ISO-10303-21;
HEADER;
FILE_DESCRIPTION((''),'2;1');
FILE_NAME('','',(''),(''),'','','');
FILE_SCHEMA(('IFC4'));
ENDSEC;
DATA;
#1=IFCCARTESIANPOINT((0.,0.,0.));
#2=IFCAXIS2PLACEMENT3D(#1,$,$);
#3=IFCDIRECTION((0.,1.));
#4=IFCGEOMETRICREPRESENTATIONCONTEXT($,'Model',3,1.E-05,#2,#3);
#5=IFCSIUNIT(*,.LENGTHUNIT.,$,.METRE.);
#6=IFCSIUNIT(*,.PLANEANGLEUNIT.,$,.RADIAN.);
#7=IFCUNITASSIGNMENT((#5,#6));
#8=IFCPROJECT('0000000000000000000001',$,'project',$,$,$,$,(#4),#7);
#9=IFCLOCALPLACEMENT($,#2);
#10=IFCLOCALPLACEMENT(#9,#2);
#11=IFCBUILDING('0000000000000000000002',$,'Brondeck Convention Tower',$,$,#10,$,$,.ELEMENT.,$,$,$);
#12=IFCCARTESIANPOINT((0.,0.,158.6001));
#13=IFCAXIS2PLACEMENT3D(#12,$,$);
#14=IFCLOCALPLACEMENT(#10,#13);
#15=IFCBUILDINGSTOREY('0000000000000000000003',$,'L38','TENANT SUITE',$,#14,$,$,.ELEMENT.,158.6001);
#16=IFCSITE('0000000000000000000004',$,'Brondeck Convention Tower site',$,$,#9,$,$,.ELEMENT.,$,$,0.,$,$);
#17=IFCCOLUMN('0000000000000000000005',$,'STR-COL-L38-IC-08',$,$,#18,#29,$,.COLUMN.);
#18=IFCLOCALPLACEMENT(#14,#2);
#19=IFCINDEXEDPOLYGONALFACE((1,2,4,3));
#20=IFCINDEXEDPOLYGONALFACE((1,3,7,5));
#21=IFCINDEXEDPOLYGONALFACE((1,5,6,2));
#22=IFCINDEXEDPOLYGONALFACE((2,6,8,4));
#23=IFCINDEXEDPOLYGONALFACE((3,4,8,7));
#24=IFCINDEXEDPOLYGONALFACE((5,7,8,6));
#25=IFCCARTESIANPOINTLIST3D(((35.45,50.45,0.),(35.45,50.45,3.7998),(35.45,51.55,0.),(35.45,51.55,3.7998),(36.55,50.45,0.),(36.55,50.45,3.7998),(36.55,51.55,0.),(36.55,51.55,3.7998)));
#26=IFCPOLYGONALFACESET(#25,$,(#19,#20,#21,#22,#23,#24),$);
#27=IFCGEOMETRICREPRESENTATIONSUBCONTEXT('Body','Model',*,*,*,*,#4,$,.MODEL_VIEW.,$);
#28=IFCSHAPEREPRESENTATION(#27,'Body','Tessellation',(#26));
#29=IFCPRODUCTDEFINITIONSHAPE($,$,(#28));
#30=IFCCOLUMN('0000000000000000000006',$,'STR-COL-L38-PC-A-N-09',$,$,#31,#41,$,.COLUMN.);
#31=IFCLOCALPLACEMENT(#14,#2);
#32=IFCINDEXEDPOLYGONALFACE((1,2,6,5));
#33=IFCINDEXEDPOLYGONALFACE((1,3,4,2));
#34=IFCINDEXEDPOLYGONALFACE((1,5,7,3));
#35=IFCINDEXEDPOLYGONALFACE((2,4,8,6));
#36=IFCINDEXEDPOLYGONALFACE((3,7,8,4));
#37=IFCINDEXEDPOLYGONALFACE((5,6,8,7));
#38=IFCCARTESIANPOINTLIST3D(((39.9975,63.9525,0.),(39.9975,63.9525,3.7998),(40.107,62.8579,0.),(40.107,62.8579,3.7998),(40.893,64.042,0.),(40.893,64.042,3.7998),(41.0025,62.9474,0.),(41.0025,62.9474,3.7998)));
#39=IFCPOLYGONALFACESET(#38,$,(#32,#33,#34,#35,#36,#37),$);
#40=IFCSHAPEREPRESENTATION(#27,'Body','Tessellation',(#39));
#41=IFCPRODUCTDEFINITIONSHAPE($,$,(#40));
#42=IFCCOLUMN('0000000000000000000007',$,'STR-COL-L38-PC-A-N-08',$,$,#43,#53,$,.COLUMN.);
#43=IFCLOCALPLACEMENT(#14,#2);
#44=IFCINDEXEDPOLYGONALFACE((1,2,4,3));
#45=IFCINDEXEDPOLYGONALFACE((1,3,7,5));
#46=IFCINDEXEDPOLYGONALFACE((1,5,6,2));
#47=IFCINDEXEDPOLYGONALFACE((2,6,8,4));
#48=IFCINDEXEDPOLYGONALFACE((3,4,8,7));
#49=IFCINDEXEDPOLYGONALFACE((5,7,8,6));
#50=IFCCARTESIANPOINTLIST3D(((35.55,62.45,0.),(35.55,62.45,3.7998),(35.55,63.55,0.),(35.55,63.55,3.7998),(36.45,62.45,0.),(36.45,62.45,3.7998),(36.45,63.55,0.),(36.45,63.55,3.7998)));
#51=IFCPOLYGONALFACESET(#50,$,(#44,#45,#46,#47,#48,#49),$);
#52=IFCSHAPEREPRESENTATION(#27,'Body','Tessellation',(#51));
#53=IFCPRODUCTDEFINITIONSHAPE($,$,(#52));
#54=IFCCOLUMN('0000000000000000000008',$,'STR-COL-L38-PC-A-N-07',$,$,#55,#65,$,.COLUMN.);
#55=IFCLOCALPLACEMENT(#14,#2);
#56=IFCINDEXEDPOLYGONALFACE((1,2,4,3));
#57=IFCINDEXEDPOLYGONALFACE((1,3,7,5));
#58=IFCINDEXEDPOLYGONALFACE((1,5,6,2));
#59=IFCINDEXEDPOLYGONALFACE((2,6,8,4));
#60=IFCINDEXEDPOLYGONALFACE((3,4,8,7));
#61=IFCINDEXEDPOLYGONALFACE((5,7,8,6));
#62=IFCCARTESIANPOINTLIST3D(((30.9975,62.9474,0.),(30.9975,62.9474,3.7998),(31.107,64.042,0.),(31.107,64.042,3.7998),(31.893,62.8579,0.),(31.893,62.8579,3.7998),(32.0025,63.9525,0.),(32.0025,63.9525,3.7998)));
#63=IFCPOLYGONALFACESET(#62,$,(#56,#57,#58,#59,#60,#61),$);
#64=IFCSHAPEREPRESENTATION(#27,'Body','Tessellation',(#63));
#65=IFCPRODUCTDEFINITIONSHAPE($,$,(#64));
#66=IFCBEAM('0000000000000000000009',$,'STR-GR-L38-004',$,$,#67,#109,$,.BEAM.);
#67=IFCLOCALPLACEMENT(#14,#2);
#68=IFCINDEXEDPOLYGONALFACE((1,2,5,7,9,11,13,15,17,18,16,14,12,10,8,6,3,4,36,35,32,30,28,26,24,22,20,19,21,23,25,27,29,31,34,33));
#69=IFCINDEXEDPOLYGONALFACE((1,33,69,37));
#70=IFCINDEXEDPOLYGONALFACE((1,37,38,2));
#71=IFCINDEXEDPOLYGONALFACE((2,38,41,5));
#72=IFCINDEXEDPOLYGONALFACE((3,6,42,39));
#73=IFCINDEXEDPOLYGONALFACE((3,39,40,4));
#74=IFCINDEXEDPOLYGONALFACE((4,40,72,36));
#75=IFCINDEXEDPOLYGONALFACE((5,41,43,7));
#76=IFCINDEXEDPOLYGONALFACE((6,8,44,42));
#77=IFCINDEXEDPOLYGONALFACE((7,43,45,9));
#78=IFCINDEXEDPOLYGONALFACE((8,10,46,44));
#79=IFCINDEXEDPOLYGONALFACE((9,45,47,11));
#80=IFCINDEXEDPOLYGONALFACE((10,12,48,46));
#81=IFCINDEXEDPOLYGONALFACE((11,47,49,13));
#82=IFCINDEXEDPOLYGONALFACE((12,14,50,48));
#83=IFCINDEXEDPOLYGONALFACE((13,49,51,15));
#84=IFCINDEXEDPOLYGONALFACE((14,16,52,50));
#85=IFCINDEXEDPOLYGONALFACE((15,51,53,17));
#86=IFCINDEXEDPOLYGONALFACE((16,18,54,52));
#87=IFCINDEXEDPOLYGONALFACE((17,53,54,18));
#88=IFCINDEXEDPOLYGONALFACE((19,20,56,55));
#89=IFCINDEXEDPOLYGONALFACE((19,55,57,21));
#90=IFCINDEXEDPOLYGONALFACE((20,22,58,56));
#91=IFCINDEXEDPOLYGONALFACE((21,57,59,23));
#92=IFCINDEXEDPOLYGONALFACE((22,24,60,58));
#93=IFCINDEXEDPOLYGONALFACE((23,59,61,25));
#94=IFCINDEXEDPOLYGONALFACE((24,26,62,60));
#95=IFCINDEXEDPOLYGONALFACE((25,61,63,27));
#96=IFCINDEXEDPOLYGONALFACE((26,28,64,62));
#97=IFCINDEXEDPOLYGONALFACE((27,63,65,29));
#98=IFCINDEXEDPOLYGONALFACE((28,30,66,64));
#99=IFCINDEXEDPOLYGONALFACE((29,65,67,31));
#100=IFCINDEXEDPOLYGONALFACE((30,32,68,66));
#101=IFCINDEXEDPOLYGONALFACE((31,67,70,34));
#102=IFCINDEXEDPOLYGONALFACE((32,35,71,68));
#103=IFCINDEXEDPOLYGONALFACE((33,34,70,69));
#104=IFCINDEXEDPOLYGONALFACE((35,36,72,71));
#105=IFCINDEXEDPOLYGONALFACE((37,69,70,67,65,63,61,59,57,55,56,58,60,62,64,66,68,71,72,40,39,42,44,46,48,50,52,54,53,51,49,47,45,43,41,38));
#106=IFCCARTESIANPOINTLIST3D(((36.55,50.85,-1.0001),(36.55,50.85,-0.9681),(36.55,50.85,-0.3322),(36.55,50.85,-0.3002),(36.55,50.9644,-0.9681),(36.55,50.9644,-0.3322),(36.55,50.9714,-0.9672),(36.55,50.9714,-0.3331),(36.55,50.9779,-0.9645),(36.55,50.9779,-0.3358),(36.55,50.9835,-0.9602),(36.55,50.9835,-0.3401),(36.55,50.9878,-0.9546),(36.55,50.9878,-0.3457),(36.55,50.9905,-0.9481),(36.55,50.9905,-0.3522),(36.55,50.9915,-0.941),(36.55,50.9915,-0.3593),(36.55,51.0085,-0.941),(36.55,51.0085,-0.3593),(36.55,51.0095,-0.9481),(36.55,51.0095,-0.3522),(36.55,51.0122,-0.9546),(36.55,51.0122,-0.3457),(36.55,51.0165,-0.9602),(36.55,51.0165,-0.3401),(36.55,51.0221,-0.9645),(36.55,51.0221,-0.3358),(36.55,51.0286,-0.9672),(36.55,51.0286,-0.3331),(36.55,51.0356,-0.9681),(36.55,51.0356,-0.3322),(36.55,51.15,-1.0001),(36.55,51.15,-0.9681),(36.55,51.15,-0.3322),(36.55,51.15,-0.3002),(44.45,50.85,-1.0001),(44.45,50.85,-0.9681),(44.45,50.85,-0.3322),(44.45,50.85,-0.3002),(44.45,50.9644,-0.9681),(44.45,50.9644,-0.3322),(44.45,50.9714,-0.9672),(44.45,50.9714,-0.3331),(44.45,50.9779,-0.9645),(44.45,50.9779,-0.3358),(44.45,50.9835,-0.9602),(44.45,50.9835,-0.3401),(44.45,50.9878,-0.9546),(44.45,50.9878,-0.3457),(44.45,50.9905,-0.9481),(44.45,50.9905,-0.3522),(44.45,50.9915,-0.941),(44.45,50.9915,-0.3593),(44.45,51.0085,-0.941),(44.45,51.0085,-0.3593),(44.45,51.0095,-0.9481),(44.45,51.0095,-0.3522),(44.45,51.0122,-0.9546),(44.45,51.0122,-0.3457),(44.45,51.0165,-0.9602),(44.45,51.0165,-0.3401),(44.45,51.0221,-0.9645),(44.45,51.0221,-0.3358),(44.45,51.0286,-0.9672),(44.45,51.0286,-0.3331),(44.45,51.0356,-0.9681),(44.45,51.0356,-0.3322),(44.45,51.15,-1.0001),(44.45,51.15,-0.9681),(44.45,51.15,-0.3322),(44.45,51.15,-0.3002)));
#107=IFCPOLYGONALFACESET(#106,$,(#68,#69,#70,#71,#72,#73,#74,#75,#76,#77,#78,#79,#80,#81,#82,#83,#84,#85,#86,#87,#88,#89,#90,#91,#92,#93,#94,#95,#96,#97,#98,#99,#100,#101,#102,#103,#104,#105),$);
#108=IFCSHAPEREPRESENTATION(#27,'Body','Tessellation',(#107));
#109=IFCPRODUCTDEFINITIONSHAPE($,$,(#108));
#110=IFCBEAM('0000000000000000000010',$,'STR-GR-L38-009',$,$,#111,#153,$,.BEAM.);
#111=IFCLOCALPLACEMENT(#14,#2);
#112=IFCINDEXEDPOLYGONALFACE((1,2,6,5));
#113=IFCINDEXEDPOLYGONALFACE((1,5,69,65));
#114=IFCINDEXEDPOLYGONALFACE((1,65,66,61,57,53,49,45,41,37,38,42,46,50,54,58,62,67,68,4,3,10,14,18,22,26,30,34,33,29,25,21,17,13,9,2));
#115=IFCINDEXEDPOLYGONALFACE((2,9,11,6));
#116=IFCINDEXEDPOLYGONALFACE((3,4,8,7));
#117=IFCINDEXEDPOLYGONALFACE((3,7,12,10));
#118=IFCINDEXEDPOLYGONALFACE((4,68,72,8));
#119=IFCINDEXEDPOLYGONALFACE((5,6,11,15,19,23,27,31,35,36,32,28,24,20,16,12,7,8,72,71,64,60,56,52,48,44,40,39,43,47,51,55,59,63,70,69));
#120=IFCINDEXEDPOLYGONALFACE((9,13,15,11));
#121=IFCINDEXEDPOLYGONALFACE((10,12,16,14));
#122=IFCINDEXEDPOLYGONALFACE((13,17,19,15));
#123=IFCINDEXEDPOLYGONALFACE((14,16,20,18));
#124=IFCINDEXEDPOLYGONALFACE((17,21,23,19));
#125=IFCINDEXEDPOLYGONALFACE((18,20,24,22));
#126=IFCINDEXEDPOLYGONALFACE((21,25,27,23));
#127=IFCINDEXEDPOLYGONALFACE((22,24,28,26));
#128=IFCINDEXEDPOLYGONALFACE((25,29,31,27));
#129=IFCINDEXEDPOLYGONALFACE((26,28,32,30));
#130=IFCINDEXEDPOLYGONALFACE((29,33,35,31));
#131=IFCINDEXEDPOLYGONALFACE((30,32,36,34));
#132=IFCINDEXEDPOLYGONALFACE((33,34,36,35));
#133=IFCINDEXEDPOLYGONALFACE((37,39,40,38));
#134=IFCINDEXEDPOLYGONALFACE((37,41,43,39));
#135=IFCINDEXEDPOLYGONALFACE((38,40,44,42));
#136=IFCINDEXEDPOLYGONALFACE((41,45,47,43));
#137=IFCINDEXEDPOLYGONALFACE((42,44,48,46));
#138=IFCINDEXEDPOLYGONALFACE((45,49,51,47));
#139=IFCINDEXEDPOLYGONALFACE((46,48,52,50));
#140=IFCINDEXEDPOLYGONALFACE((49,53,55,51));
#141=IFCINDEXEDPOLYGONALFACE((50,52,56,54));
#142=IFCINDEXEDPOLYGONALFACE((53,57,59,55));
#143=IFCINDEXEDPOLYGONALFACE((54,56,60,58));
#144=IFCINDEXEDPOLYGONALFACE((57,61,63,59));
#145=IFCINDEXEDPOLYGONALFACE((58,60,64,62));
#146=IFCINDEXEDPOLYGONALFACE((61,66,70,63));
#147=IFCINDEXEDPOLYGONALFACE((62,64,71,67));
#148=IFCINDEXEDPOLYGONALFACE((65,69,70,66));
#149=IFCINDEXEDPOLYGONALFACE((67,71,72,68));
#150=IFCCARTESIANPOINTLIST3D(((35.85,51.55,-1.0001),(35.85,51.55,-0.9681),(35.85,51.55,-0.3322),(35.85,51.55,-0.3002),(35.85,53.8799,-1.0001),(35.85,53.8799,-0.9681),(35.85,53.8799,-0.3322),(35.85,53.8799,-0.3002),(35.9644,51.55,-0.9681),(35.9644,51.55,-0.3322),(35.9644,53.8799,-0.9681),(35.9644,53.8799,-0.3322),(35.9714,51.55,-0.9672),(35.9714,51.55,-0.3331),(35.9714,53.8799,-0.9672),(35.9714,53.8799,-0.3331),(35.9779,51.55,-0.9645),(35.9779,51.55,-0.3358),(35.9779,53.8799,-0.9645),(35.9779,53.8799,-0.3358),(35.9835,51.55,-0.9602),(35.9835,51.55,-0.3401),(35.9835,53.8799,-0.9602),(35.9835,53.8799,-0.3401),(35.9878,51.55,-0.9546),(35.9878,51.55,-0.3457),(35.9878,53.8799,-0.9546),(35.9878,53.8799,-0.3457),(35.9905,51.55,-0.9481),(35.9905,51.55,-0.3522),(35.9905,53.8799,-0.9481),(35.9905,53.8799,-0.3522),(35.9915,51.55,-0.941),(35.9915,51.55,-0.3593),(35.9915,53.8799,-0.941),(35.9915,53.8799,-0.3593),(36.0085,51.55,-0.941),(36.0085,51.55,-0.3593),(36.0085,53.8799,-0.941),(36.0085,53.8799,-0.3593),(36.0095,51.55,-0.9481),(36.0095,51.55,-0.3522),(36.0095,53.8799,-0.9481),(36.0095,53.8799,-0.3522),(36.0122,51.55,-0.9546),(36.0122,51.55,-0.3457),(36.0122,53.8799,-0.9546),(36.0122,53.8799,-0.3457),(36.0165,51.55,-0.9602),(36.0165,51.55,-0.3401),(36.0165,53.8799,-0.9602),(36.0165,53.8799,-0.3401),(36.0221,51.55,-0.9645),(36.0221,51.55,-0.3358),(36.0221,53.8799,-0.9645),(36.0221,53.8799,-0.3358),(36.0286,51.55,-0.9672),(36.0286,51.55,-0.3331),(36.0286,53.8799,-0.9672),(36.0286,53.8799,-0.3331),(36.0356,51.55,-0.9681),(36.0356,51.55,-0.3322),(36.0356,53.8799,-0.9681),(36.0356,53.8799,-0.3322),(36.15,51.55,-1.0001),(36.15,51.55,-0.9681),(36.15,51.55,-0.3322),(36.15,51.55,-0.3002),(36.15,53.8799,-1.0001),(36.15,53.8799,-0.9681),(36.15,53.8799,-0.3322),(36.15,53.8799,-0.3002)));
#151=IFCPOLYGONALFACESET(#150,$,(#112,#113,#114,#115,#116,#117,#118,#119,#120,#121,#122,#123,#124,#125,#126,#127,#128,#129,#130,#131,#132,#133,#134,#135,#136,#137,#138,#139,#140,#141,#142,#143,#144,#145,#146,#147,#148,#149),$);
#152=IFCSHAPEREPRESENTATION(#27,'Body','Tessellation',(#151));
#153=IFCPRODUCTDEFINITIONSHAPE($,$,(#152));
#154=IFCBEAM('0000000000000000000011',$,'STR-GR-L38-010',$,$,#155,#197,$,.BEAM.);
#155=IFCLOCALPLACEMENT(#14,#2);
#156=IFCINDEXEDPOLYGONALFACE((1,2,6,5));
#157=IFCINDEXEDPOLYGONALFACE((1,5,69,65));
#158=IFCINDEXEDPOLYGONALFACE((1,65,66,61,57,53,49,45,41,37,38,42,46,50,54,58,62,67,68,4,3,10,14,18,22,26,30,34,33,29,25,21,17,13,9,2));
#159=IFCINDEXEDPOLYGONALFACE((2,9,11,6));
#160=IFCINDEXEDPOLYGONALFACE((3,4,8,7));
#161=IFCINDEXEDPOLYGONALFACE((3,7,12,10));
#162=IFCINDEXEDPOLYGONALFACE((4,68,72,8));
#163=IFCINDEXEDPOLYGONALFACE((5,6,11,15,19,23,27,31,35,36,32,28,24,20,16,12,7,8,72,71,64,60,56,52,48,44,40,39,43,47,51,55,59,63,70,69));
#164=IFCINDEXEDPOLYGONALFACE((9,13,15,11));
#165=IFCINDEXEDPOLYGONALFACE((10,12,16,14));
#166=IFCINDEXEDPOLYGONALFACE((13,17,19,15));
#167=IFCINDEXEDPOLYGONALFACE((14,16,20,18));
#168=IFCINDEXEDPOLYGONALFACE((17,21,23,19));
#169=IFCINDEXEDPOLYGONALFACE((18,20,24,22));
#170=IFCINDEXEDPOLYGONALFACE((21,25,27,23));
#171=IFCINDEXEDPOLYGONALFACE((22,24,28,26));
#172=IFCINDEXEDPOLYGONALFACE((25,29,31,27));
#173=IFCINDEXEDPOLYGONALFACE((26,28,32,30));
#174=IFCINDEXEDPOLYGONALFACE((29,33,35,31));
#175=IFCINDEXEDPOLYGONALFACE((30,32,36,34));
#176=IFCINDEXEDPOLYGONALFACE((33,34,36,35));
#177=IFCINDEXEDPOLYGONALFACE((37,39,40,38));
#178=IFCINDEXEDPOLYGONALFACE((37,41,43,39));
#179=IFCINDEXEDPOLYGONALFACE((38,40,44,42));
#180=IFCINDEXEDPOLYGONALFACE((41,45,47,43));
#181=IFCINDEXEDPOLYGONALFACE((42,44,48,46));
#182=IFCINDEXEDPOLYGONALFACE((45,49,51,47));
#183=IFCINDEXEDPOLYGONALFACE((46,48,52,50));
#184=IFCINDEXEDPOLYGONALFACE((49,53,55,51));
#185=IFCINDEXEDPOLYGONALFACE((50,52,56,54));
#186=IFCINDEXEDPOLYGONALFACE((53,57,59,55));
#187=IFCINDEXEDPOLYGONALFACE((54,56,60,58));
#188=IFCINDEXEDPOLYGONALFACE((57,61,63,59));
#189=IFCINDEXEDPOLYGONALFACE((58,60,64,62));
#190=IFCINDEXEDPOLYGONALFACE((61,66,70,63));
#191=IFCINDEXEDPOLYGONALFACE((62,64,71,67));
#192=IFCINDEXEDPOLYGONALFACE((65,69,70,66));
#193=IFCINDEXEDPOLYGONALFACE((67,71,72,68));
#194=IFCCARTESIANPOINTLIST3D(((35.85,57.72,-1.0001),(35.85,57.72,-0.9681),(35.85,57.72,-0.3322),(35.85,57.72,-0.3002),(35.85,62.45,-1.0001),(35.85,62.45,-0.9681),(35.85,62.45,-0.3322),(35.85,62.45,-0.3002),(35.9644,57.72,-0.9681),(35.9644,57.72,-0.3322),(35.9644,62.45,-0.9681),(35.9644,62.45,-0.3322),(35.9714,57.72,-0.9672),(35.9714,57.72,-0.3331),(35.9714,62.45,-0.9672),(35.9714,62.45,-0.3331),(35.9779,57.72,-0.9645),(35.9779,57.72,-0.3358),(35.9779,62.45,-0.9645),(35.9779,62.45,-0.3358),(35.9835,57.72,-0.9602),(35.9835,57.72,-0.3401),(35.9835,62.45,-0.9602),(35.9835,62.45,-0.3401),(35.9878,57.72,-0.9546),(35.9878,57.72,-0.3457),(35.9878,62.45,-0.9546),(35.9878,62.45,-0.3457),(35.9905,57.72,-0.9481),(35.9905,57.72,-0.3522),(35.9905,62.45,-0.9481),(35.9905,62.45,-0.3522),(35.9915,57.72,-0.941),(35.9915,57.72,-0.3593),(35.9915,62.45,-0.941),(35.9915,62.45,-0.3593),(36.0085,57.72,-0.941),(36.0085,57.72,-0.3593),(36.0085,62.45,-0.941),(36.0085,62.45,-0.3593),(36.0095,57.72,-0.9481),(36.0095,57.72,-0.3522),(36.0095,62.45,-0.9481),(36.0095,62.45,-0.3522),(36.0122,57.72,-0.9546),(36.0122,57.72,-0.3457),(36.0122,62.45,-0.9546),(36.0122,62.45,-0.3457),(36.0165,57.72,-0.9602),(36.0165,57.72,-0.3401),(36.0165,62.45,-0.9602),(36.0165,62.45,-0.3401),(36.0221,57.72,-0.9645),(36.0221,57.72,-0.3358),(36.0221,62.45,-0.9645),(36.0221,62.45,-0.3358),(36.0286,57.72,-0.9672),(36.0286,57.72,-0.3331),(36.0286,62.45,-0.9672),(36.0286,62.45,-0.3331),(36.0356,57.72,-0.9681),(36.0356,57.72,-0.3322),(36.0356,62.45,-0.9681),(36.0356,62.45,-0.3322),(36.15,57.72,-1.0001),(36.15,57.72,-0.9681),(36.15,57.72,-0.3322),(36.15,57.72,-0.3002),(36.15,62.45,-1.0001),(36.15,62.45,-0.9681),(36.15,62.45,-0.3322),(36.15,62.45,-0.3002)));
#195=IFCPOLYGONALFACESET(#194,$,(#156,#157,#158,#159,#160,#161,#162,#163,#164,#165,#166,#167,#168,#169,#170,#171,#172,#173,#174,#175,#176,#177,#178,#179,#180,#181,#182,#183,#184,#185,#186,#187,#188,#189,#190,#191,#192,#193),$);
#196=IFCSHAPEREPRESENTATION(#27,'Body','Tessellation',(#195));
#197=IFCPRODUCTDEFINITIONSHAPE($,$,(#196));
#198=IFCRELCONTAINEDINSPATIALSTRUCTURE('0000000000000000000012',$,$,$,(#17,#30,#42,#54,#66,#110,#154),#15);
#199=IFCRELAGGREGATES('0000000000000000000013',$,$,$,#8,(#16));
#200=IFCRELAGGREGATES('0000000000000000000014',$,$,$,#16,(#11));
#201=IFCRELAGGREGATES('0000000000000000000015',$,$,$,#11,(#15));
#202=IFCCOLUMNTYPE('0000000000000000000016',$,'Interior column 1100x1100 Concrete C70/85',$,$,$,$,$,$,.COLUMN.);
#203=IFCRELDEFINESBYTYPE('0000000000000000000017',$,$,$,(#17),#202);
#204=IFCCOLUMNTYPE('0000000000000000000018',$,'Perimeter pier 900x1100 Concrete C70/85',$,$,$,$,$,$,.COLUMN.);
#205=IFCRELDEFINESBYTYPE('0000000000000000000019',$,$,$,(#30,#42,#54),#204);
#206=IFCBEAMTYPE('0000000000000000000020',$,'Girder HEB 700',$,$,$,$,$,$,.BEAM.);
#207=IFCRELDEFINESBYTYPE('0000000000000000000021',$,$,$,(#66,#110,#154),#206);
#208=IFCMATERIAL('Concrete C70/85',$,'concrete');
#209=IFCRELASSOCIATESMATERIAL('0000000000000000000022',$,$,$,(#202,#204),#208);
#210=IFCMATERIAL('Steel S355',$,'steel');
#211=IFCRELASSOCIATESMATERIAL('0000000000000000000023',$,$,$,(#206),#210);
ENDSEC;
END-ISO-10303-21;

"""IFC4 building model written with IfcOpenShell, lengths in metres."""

from ifc_helpers import new_model, si_unit, direction, frame, origin, origin_2d, place, context, subcontext, project, spatial, rectangle, i_section, extrude, material, material_profile, profile_set, type_object, element, save


model = new_model("IFC4")

# Units and contexts
model_context = context("Model", 3, precision=1e-05, world=origin(), true_north=direction((0.0, 1.0)))
body_context = subcontext(model_context, "Body", "Model", "MODEL_VIEW")
ifc_project = project(units=[si_unit("LENGTHUNIT", "METRE"), si_unit("PLANEANGLEUNIT", "RADIAN")], contexts=[model_context])

# Site, building, storey
site_placement = place(None, origin())
site = spatial("IfcSite", under=ifc_project, at=site_placement, Name="Brondeck Convention Tower site", CompositionType="ELEMENT", RefElevation=0.0)
building_placement = place(site_placement, origin())
building = spatial("IfcBuilding", under=site, at=building_placement, Name="Brondeck Convention Tower", CompositionType="ELEMENT")
storey_placement = place(building_placement, frame((0.0, 0.0, 158.6001)))
storey = spatial("IfcBuildingStorey", under=building, at=storey_placement, Name="L38", Description="TENANT SUITE", CompositionType="ELEMENT", Elevation=158.6001)

# Columns
ifc_material_1 = material(Name="Concrete C70/85", Category="concrete")
ifc_material_profile_1 = material_profile(ifc_material_1, rectangle(XDim=1.1001, YDim=1.1001, at=origin_2d()), Name="Interior column 1100x1100 Concrete C70/85")
ifc_profile_set_1 = profile_set([ifc_material_profile_1], Name="Concrete C70/85")
column_type_1 = type_object("IfcColumnType", Name="Interior column 1100x1100 Concrete C70/85", PredefinedType="COLUMN", material=ifc_profile_set_1)
column_placement = place(storey_placement, frame((36.0, 51.0, 0.0), z_axis=(0.0, 0.0, 1.0), x_axis=(1.0, 0.0, 0.0)))
element("IfcColumn", 1, at=column_placement, inside=storey, type_object=column_type_1, Name="STR-COL-L38-IC-08", PredefinedType="COLUMN", context=body_context, shape_type="SweptSolid", body=[
    extrude(rectangle(XDim=1.1001, YDim=1.1001, at=origin_2d()), origin(), (0.0, 0.0, 1.0), 3.7998),
])
ifc_material_profile_2 = material_profile(ifc_material_1, rectangle(XDim=0.8999, YDim=1.1001, at=origin_2d()), Name="Perimeter pier 900x1100 Concrete C70/85")
ifc_profile_set_2 = profile_set([ifc_material_profile_2], Name="Concrete C70/85")
column_type_2 = type_object("IfcColumnType", Name="Perimeter pier 900x1100 Concrete C70/85", PredefinedType="COLUMN", material=ifc_profile_set_2)
for number, where, z_axis, x_axis, name in (
    (2, (40.5, 63.45, 0.0), (0.0, 0.0, 1.0), (-0.995037, -0.099504, 0.0), "STR-COL-L38-PC-A-N-09"),
    (3, (36.0, 63.0, 0.0), (0.0, 0.0, 1.0), (-1.0, 0.0, 0.0), "STR-COL-L38-PC-A-N-08"),
    (4, (31.5, 63.45, 0.0), (0.0, 0.0, 1.0), (-0.995037, 0.099504, 0.0), "STR-COL-L38-PC-A-N-07"),
):
    element("IfcColumn", number, at=place(storey_placement, frame(where, z_axis=z_axis, x_axis=x_axis)), inside=storey, type_object=column_type_2, Name=name, PredefinedType="COLUMN", context=body_context, shape_type="SweptSolid", body=[
        extrude(rectangle(XDim=0.8999, YDim=1.1001, at=origin_2d()), origin(), (0.0, 0.0, 1.0), 3.7998),
    ])

# Beams
ifc_material_2 = material(Name="Steel S355", Category="steel")
ifc_material_profile_3 = material_profile(ifc_material_2, i_section(OverallWidth=0.3, OverallDepth=0.7, WebThickness=0.0171, FlangeThickness=0.032, FilletRadius=0.0271, at=origin_2d()), Name="HEB 700")
ifc_profile_set_3 = profile_set([ifc_material_profile_3], Name="Steel S355")
beam_type_1 = type_object("IfcBeamType", Name="Girder HEB 700", PredefinedType="BEAM", material=ifc_profile_set_3)
beam_1_placement = place(storey_placement, frame((36.55, 51.0, -0.6501), z_axis=(1.0, 0.0, 0.0), x_axis=(0.0, 1.0, 0.0)))
element("IfcBeam", 5, at=beam_1_placement, inside=storey, type_object=beam_type_1, Name="STR-GR-L38-004", PredefinedType="BEAM", context=body_context, shape_type="SweptSolid", body=[
    extrude(i_section(OverallWidth=0.3, OverallDepth=0.7, WebThickness=0.0171, FlangeThickness=0.032, FilletRadius=0.0271, at=origin_2d()), origin(), (0.0, 0.0, 1.0), 7.8999),
])
beam_2_placement = place(storey_placement, frame((36.0, 51.55, -0.6501), z_axis=(0.0, 1.0, 0.0), x_axis=(-1.0, 0.0, 0.0)))
element("IfcBeam", 6, at=beam_2_placement, inside=storey, type_object=beam_type_1, Name="STR-GR-L38-009", PredefinedType="BEAM", context=body_context, shape_type="SweptSolid", body=[
    extrude(i_section(OverallWidth=0.3, OverallDepth=0.7, WebThickness=0.0171, FlangeThickness=0.032, FilletRadius=0.0271, at=origin_2d()), origin(), (0.0, 0.0, 1.0), 2.3298),
])
beam_3_placement = place(storey_placement, frame((36.0, 57.72, -0.6501), z_axis=(0.0, 1.0, 0.0), x_axis=(-1.0, 0.0, 0.0)))
element("IfcBeam", 7, at=beam_3_placement, inside=storey, type_object=beam_type_1, Name="STR-GR-L38-010", PredefinedType="BEAM", context=body_context, shape_type="SweptSolid", body=[
    extrude(i_section(OverallWidth=0.3, OverallDepth=0.7, WebThickness=0.0171, FlangeThickness=0.032, FilletRadius=0.0271, at=origin_2d()), origin(), (0.0, 0.0, 1.0), 4.73),
])

save(model, "model.ifc")
